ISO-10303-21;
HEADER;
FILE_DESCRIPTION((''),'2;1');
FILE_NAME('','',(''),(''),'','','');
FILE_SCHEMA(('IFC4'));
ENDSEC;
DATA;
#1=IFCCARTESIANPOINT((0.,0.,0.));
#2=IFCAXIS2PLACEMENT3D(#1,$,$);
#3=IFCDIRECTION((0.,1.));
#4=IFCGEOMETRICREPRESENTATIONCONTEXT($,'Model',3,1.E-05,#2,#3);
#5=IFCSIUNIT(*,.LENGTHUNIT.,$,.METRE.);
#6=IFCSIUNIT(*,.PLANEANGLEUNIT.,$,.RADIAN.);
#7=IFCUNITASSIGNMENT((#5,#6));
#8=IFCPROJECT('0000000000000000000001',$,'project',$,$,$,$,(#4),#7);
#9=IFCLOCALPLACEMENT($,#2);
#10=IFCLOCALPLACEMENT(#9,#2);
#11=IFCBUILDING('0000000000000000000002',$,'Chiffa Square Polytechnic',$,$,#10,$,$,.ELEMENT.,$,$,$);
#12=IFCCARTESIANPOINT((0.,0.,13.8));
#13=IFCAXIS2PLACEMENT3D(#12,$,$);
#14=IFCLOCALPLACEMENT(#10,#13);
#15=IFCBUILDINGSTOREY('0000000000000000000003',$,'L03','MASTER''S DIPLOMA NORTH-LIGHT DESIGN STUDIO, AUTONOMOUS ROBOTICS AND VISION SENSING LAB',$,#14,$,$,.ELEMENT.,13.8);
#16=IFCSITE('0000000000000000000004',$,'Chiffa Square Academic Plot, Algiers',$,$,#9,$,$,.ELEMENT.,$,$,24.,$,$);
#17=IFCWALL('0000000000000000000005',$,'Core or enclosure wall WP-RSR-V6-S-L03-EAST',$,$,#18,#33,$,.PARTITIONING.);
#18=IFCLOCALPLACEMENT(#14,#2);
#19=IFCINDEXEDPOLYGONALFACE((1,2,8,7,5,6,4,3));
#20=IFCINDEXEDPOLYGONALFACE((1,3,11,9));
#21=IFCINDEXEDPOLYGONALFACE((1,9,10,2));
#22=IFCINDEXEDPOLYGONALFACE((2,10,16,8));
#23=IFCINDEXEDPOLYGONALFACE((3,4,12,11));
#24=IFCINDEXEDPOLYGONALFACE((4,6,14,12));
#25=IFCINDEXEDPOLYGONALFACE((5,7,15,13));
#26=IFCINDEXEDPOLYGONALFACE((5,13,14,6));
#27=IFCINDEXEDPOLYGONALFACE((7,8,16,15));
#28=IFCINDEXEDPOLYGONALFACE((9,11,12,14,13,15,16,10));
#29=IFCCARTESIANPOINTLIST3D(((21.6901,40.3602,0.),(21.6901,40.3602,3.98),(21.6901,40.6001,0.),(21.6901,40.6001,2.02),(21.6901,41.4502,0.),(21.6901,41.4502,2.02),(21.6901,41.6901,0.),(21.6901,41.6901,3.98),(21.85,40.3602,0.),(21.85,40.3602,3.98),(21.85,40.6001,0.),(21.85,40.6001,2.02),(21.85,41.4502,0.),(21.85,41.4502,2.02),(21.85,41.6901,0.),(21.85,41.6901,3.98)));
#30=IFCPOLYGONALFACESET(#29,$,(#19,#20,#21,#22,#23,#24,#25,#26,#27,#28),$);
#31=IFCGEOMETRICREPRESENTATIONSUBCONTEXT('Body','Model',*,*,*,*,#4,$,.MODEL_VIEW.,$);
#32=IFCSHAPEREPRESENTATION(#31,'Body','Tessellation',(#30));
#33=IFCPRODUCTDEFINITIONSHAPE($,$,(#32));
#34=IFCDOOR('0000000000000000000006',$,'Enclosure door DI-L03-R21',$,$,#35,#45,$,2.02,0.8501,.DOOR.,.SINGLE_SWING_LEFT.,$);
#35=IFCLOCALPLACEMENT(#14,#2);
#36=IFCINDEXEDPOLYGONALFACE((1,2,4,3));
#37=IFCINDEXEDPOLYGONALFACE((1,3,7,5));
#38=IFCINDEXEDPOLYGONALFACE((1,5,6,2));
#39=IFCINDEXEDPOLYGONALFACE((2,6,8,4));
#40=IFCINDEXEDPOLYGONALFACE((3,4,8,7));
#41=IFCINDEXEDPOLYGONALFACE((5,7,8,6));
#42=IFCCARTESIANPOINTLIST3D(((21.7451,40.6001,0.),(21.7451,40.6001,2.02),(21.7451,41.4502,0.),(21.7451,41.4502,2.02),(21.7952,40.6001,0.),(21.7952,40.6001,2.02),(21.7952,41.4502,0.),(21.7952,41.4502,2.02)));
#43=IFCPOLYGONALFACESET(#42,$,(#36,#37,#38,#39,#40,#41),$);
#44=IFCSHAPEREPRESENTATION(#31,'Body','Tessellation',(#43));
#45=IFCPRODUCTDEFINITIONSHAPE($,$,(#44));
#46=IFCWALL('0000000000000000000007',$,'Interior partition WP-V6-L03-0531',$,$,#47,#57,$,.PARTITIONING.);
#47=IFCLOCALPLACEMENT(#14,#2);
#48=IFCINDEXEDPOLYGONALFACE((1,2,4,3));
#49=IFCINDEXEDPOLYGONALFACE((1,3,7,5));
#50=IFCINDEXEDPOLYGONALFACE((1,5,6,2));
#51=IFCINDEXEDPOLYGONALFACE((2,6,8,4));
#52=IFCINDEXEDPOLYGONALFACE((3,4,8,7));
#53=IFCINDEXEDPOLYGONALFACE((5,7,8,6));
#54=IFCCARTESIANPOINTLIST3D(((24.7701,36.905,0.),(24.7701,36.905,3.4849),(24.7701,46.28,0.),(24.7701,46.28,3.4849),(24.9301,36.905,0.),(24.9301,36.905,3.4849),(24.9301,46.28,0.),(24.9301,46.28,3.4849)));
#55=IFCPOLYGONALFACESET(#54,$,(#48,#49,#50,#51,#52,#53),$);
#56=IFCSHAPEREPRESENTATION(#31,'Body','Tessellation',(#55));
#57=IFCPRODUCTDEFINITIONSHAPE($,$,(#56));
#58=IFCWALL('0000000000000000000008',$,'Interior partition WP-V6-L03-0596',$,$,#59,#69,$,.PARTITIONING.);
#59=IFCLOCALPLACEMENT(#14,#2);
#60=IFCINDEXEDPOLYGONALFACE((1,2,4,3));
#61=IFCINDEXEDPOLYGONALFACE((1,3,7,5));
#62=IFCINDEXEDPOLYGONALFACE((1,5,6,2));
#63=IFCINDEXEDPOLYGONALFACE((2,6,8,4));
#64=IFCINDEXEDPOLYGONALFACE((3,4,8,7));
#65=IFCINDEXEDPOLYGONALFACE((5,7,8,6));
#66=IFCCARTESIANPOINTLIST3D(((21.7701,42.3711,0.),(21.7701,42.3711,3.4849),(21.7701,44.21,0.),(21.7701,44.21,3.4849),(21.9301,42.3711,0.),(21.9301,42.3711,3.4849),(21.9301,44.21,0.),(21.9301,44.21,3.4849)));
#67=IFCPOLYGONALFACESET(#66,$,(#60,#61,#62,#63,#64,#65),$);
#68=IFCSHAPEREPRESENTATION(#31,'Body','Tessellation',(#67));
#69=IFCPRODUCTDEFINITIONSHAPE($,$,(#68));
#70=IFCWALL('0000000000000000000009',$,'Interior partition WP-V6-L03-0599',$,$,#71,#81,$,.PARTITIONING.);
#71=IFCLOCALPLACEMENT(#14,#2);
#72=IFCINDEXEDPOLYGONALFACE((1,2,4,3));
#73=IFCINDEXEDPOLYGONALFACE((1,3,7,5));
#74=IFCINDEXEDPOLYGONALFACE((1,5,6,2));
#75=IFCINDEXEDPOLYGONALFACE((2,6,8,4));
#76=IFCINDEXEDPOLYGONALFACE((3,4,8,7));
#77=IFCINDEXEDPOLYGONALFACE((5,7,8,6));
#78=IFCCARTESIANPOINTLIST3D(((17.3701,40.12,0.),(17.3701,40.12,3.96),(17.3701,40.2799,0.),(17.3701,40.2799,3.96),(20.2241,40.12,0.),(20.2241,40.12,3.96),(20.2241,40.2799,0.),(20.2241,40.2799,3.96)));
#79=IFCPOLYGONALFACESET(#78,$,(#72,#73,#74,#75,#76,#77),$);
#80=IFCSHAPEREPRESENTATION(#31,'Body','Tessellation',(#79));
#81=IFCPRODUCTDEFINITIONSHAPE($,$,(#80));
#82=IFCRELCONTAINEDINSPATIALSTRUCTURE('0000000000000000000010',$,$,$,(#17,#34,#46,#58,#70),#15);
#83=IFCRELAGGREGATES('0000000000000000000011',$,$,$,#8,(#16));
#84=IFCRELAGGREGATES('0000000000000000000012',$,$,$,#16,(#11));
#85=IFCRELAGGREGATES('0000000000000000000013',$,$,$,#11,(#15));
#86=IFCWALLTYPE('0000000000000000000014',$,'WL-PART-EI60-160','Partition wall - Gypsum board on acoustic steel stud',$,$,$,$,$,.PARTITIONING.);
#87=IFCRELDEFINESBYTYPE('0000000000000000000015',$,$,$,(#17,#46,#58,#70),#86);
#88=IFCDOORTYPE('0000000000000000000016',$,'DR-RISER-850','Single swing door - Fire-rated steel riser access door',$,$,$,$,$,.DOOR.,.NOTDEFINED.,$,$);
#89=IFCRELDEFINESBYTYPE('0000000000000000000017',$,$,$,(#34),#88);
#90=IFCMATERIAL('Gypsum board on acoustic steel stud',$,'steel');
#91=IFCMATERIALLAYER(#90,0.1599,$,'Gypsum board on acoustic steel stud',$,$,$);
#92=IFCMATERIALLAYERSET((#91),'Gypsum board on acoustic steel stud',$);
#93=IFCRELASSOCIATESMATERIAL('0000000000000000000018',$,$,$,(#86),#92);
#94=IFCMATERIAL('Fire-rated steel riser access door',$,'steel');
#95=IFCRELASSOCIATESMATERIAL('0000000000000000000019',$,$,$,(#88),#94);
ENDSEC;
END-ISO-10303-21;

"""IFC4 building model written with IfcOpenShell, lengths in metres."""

from ifc_helpers import new_model, si_unit, direction, frame, frame_2d, origin, place, context, subcontext, project, spatial, rectangle, extrude, material, layer, layer_set, type_object, element, fill, save


model = new_model("IFC4")

# Units and contexts
model_context = context("Model", 3, precision=1e-05, world=origin(), true_north=direction((0.0, 1.0)))
body_context = subcontext(model_context, "Body", "Model", "MODEL_VIEW")
ifc_project = project(units=[si_unit("LENGTHUNIT", "METRE"), si_unit("PLANEANGLEUNIT", "RADIAN")], contexts=[model_context])

# Site, building, storey
site_placement = place(None, origin())
site = spatial("IfcSite", under=ifc_project, at=site_placement, Name="Chiffa Square Academic Plot, Algiers", CompositionType="ELEMENT", RefElevation=24.0)
building_placement = place(site_placement, origin())
building = spatial("IfcBuilding", under=site, at=building_placement, Name="Chiffa Square Polytechnic", CompositionType="ELEMENT")
storey_placement = place(building_placement, frame((0.0, 0.0, 13.8)))
storey = spatial("IfcBuildingStorey", under=building, at=storey_placement, Name="L03", Description="MASTER'S DIPLOMA NORTH-LIGHT DESIGN STUDIO, AUTONOMOUS ROBOTICS AND VISION SENSING LAB", CompositionType="ELEMENT", Elevation=13.8)

# Shared definitions
ifc_material_1 = material(Name="Gypsum board on acoustic steel stud", Category="steel")
ifc_layer_1 = layer(ifc_material_1, 0.1599, Name="Gypsum board on acoustic steel stud")
ifc_layer_set_1 = layer_set([ifc_layer_1], Name="Gypsum board on acoustic steel stud")
wall_type_1 = type_object("IfcWallType", Name="WL-PART-EI60-160", Description="Partition wall - Gypsum board on acoustic steel stud", PredefinedType="PARTITIONING", material=ifc_layer_set_1)

# Wall, opening, door
wall_1_placement = place(storey_placement, frame((21.77, 40.3601, 0.0), z_axis=(0.0, 0.0, 1.0), x_axis=(0.0, 1.0, 0.0)))
wall_1 = element("IfcWall", 1, at=wall_1_placement, inside=storey, type_object=wall_type_1, Name="Core or enclosure wall WP-RSR-V6-S-L03-EAST", PredefinedType="PARTITIONING", context=body_context, shape_type="SweptSolid", body=[
    extrude(rectangle(XDim=1.3298, YDim=0.1599, at=frame_2d((0.665, 0.0))), origin(), (0.0, 0.0, 1.0), 3.98),
])
opening_1_placement = place(wall_1_placement, frame((0.24, 0.0, 0.0)))
opening_1 = element("IfcOpeningElement", 2, at=opening_1_placement, cuts=wall_1, PredefinedType="OPENING", context=body_context, shape_type="SweptSolid", body=[
    extrude(rectangle(XDim=0.8501, YDim=2.02, at=frame_2d((0.425, 1.01))), frame((0.0, 0.0898, 0.0), z_axis=(0.0, -1.0, 0.0), x_axis=(1.0, 0.0, 0.0)), (0.0, 0.0, 1.0), 0.1799),
])
ifc_material_2 = material(Name="Fire-rated steel riser access door", Category="steel")
door_type_1 = type_object("IfcDoorType", Name="DR-RISER-850", Description="Single swing door - Fire-rated steel riser access door", OperationType="NOTDEFINED", PredefinedType="DOOR", material=ifc_material_2)
door_1_placement = place(opening_1_placement, origin())
door_1 = element("IfcDoor", 3, at=door_1_placement, inside=storey, type_object=door_type_1, Name="Enclosure door DI-L03-R21", OperationType="SINGLE_SWING_LEFT", OverallHeight=2.02, OverallWidth=0.8501, PredefinedType="DOOR", context=body_context, shape_type="SweptSolid", body=[
    extrude(rectangle(XDim=0.8501, YDim=2.02, at=frame_2d((0.425, 1.01))), frame((0.0, 0.0249, 0.0), z_axis=(0.0, -1.0, 0.0), x_axis=(1.0, 0.0, 0.0)), (0.0, 0.0, 1.0), 0.05),
])
fill(opening_1, door_1)

# Walls
wall_2_placement = place(storey_placement, frame((24.8501, 36.905, 0.0), z_axis=(0.0, 0.0, 1.0), x_axis=(0.0, 1.0, 0.0)))
element("IfcWall", 4, at=wall_2_placement, inside=storey, type_object=wall_type_1, Name="Interior partition WP-V6-L03-0531", PredefinedType="PARTITIONING", context=body_context, shape_type="SweptSolid", body=[
    extrude(rectangle(XDim=9.375, YDim=0.1599, at=frame_2d((4.6875, 0.0))), origin(), (0.0, 0.0, 1.0), 3.4849),
])
wall_3_placement = place(storey_placement, frame((21.8501, 42.3711, 0.0), z_axis=(0.0, 0.0, 1.0), x_axis=(0.0, 1.0, 0.0)))
element("IfcWall", 5, at=wall_3_placement, inside=storey, type_object=wall_type_1, Name="Interior partition WP-V6-L03-0596", PredefinedType="PARTITIONING", context=body_context, shape_type="SweptSolid", body=[
    extrude(rectangle(XDim=1.8389, YDim=0.1599, at=frame_2d((0.9194, 0.0))), origin(), (0.0, 0.0, 1.0), 3.4849),
])
wall_4_placement = place(storey_placement, frame((17.3701, 40.2, 0.0), z_axis=(0.0, 0.0, 1.0), x_axis=(1.0, 0.0, 0.0)))
element("IfcWall", 6, at=wall_4_placement, inside=storey, type_object=wall_type_1, Name="Interior partition WP-V6-L03-0599", PredefinedType="PARTITIONING", context=body_context, shape_type="SweptSolid", body=[
    extrude(rectangle(XDim=2.854, YDim=0.1599, at=frame_2d((1.427, 0.0))), origin(), (0.0, 0.0, 1.0), 3.96),
])

save(model, "model.ifc")
